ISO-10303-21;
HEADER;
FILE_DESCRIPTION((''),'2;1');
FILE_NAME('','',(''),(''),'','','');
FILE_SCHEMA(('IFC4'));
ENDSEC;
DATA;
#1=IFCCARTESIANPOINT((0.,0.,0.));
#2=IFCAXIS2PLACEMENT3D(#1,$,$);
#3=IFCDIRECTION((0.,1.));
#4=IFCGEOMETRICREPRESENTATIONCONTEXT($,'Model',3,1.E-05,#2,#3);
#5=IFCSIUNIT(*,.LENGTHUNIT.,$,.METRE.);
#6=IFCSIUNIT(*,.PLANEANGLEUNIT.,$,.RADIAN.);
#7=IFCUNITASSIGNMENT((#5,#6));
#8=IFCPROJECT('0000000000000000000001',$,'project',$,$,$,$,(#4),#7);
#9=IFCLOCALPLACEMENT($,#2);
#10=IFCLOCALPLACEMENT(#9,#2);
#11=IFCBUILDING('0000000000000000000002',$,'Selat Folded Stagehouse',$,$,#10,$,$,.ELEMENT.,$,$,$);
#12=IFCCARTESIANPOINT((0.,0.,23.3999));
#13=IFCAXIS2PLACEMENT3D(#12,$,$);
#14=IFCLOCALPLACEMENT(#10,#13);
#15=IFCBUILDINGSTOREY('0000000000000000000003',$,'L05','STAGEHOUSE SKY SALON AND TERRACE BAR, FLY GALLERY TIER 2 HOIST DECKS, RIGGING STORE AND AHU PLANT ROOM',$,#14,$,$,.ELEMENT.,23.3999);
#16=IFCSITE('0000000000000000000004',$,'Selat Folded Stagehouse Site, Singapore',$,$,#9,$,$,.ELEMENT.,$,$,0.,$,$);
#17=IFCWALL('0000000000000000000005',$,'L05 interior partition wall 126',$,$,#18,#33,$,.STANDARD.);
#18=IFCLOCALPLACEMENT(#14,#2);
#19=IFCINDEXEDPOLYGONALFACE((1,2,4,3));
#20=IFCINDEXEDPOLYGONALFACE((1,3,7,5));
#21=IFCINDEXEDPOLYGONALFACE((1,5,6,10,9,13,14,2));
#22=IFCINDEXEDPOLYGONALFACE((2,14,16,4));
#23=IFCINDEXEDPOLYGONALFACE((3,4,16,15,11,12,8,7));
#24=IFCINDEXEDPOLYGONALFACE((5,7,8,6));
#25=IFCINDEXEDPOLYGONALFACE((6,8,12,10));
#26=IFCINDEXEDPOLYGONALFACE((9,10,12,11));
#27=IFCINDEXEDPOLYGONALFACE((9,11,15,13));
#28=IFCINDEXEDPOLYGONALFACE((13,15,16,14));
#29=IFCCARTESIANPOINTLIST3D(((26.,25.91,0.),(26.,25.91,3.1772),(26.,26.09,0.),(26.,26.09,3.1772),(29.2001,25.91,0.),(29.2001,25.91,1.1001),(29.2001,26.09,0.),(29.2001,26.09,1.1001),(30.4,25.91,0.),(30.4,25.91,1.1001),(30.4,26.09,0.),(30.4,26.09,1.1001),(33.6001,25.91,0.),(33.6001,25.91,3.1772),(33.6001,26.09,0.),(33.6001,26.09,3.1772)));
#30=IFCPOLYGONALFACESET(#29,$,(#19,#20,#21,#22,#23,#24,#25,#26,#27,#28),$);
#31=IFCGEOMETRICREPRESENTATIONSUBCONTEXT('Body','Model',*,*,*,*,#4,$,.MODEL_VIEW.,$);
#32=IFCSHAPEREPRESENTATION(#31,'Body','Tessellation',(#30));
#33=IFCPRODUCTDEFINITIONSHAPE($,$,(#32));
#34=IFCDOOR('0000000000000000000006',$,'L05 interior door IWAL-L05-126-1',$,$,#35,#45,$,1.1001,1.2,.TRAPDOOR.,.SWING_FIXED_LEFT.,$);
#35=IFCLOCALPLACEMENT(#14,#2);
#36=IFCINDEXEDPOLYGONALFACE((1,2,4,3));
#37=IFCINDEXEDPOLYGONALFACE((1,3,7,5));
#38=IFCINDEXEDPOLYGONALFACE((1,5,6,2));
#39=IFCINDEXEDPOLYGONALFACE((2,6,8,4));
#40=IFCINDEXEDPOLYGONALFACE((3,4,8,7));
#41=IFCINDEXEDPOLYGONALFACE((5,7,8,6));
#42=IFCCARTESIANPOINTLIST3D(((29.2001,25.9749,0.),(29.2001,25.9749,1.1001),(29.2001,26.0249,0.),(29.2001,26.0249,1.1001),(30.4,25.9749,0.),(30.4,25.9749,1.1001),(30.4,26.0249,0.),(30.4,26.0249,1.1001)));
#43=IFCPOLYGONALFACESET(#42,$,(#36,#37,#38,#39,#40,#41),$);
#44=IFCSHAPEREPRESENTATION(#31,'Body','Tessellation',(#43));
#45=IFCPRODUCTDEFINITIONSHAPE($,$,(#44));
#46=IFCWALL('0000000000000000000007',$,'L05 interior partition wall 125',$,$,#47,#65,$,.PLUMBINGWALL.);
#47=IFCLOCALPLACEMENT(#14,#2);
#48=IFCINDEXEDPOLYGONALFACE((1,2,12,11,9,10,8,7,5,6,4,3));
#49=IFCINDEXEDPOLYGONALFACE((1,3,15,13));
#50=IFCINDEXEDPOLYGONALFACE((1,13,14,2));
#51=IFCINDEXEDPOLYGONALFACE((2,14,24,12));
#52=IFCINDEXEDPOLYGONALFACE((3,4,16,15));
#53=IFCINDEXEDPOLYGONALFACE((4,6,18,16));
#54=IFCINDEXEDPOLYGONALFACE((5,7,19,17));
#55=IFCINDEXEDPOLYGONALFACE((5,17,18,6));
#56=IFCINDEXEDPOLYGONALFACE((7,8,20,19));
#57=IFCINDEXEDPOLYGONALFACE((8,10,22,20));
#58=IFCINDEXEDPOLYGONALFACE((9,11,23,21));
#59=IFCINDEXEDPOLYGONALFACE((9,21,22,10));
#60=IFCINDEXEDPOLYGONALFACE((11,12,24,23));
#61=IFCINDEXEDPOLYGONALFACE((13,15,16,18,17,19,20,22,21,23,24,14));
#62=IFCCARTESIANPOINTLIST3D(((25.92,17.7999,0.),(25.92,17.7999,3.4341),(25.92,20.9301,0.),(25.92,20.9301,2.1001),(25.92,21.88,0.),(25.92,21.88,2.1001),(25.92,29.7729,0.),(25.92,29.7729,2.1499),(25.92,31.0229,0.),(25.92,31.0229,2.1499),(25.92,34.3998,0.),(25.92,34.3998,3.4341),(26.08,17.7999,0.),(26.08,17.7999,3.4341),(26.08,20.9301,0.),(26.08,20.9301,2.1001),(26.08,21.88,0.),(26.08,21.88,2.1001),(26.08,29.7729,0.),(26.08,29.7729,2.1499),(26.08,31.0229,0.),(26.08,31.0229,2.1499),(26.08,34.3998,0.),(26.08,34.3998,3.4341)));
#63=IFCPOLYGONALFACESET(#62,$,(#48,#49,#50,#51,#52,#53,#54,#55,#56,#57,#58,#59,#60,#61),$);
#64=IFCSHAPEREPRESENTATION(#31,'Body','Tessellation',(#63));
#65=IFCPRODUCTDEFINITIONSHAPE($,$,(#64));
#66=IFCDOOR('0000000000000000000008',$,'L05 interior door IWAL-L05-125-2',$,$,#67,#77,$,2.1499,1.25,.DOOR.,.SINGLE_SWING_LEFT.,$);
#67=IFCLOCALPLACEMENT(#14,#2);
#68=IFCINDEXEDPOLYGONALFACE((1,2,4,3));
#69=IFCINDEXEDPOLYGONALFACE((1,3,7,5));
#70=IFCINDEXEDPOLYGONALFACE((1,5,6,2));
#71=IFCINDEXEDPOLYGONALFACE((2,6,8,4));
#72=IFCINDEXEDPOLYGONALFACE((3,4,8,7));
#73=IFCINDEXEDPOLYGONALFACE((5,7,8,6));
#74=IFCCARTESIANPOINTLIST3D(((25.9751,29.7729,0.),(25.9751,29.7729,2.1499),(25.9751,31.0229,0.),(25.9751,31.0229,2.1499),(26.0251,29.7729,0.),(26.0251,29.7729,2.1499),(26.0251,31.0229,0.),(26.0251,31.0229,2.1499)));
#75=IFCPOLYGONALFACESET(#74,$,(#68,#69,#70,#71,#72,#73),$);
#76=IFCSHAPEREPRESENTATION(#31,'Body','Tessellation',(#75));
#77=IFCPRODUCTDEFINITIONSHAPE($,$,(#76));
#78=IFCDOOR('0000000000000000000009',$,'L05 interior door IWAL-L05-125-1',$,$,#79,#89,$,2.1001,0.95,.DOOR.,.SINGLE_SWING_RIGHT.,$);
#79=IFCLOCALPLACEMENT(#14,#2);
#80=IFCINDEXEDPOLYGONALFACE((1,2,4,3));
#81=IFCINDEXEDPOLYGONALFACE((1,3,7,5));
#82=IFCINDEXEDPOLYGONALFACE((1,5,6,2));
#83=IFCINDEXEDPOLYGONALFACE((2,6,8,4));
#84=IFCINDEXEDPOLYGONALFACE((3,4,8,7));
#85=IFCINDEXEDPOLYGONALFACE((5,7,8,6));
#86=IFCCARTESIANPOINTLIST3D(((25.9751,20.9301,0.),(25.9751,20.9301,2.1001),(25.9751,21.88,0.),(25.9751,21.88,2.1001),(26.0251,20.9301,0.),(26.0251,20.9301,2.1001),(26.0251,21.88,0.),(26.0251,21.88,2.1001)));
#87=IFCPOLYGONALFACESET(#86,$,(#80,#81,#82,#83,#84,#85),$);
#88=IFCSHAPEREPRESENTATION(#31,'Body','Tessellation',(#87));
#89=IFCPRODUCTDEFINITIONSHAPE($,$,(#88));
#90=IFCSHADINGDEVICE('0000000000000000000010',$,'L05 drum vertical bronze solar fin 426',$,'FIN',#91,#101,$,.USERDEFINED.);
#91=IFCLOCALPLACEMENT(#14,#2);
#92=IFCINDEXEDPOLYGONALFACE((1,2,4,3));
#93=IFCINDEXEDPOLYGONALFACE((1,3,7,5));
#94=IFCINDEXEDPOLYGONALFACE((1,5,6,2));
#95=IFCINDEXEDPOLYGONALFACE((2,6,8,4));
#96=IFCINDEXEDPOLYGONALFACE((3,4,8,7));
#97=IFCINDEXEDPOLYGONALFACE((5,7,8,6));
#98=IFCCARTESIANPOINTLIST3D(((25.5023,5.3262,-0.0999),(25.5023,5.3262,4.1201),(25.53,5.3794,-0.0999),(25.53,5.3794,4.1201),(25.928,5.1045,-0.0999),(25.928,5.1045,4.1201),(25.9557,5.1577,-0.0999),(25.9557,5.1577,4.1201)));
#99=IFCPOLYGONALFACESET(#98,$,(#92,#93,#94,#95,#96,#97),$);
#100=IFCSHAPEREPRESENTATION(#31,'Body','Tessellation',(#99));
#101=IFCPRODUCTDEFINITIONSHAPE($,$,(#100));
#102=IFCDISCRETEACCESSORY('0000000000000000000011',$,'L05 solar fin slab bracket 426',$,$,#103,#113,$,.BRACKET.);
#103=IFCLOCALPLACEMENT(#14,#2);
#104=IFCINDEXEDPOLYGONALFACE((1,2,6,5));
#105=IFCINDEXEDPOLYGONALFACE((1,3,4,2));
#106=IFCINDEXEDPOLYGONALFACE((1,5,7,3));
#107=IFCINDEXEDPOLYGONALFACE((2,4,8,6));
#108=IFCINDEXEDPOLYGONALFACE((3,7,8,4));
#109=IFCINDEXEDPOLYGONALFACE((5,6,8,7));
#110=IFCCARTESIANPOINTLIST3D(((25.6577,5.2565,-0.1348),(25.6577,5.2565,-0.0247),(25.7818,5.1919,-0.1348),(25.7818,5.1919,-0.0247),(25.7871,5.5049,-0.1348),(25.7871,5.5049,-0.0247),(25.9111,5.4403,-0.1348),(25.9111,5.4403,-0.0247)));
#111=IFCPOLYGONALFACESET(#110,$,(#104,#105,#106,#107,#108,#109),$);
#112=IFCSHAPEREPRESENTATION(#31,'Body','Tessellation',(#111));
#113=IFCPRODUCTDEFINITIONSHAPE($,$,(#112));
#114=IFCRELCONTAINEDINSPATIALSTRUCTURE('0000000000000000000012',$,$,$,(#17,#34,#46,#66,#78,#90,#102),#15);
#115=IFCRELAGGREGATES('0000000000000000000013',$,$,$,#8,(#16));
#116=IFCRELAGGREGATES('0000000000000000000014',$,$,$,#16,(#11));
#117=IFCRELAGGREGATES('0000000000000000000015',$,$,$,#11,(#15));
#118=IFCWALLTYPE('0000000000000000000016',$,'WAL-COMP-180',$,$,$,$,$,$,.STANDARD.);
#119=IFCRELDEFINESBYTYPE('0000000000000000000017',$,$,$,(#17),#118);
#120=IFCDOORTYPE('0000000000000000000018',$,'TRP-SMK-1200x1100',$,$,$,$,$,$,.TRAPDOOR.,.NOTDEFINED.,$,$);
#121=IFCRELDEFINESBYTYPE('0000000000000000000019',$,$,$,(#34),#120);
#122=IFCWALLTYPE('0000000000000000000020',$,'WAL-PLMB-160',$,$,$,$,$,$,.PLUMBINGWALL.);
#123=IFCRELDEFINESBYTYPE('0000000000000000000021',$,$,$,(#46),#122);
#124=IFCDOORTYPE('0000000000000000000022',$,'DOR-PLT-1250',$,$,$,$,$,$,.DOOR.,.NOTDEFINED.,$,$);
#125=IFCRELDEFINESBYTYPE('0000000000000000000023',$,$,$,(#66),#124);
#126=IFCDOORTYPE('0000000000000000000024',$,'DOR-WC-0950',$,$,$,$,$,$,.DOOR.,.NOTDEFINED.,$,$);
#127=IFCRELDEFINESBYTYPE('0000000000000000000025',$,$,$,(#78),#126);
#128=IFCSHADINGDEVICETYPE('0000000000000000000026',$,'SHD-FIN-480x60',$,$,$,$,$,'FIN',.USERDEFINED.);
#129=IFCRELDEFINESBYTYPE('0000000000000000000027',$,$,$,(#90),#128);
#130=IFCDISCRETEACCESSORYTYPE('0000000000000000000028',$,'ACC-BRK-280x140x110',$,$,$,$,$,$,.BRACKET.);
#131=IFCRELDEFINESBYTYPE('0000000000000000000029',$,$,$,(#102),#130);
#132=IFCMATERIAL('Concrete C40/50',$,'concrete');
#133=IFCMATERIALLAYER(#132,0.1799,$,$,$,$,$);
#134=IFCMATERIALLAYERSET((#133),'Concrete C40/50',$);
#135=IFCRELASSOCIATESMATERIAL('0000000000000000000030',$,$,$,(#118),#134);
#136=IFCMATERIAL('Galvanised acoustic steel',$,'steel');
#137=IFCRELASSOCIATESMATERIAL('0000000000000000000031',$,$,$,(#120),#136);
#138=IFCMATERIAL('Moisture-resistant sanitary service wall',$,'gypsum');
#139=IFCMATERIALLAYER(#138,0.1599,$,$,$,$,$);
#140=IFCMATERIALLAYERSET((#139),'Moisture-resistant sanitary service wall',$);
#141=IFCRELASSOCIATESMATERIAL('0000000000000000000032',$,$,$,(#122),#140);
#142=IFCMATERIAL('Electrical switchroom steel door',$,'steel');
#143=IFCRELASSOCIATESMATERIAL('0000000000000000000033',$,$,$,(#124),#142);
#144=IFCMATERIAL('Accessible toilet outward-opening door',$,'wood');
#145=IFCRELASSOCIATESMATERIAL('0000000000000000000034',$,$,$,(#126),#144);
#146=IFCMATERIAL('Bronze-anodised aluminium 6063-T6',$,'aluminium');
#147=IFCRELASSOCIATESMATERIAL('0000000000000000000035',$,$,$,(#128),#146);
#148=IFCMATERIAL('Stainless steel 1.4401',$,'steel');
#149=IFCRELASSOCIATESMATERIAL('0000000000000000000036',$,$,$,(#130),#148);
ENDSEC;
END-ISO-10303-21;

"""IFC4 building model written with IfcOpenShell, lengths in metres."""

from ifc_helpers import new_model, si_unit, direction, frame, frame_2d, origin, origin_2d, place, context, subcontext, project, spatial, rectangle, extrude, material, layer, layer_set, material_profile, profile_set, type_object, element, fill, save


model = new_model("IFC4")

# Units and contexts
model_context = context("Model", 3, precision=1e-05, world=origin(), true_north=direction((0.0, 1.0)))
body_context = subcontext(model_context, "Body", "Model", "MODEL_VIEW")
ifc_project = project(units=[si_unit("LENGTHUNIT", "METRE"), si_unit("PLANEANGLEUNIT", "RADIAN")], contexts=[model_context])

# Site, building, storey
site_placement = place(None, origin())
site = spatial("IfcSite", under=ifc_project, at=site_placement, Name="Selat Folded Stagehouse Site, Singapore", CompositionType="ELEMENT", RefElevation=0.0)
building_placement = place(site_placement, origin())
building = spatial("IfcBuilding", under=site, at=building_placement, Name="Selat Folded Stagehouse", CompositionType="ELEMENT")
storey_placement = place(building_placement, frame((0.0, 0.0, 23.3999)))
storey = spatial("IfcBuildingStorey", under=building, at=storey_placement, Name="L05", Description="STAGEHOUSE SKY SALON AND TERRACE BAR, FLY GALLERY TIER 2 HOIST DECKS, RIGGING STORE AND AHU PLANT ROOM", CompositionType="ELEMENT", Elevation=23.3999)

# Wall, opening, door
ifc_material_1 = material(Name="Concrete C40/50", Category="concrete")
ifc_layer_1 = layer(ifc_material_1, 0.1799)
ifc_layer_set_1 = layer_set([ifc_layer_1], Name="Concrete C40/50")
wall_type_1 = type_object("IfcWallType", Name="WAL-COMP-180", PredefinedType="STANDARD", material=ifc_layer_set_1)
wall_1_placement = place(storey_placement, frame((26.0, 26.0, 0.0), z_axis=(0.0, 0.0, 1.0), x_axis=(1.0, 0.0, 0.0)))
wall_1 = element("IfcWall", 1, at=wall_1_placement, inside=storey, type_object=wall_type_1, Name="L05 interior partition wall 126", PredefinedType="STANDARD", context=body_context, shape_type="SweptSolid", body=[
    extrude(rectangle(XDim=7.6001, YDim=0.1799, at=frame_2d((3.8, 0.0))), origin(), (0.0, 0.0, 1.0), 3.1772),
])
opening_1_placement = place(wall_1_placement, frame((3.2, 0.0, 0.0)))
opening_1 = element("IfcOpeningElement", 2, at=opening_1_placement, cuts=wall_1, PredefinedType="OPENING", context=body_context, shape_type="SweptSolid", body=[
    extrude(rectangle(XDim=1.2, YDim=1.1001, at=frame_2d((0.6001, 0.55))), frame((0.0, 0.0999, 0.0), z_axis=(0.0, -1.0, 0.0), x_axis=(1.0, 0.0, 0.0)), (0.0, 0.0, 1.0), 0.2),
])
ifc_material_2 = material(Name="Galvanised acoustic steel", Category="steel")
door_type_1 = type_object("IfcDoorType", Name="TRP-SMK-1200x1100", OperationType="NOTDEFINED", PredefinedType="TRAPDOOR", material=ifc_material_2)
door_1_placement = place(opening_1_placement, origin())
door_1 = element("IfcDoor", 3, at=door_1_placement, inside=storey, type_object=door_type_1, Name="L05 interior door IWAL-L05-126-1", OperationType="SWING_FIXED_LEFT", OverallHeight=1.1001, OverallWidth=1.2, PredefinedType="TRAPDOOR", context=body_context, shape_type="SweptSolid", body=[
    extrude(rectangle(XDim=1.2, YDim=1.1001, at=frame_2d((0.6001, 0.55))), frame((0.0, 0.0249, 0.0), z_axis=(0.0, -1.0, 0.0), x_axis=(1.0, 0.0, 0.0)), (0.0, 0.0, 1.0), 0.05),
])
fill(opening_1, door_1)

# Wall, openings, doors
ifc_material_3 = material(Name="Moisture-resistant sanitary service wall", Category="gypsum")
ifc_layer_2 = layer(ifc_material_3, 0.1599)
ifc_layer_set_2 = layer_set([ifc_layer_2], Name="Moisture-resistant sanitary service wall")
wall_type_2 = type_object("IfcWallType", Name="WAL-PLMB-160", PredefinedType="PLUMBINGWALL", material=ifc_layer_set_2)
wall_2_placement = place(storey_placement, frame((26.0, 17.8, 0.0), z_axis=(0.0, 0.0, 1.0), x_axis=(0.0, 1.0, 0.0)))
wall_2 = element("IfcWall", 4, at=wall_2_placement, inside=storey, type_object=wall_type_2, Name="L05 interior partition wall 125", PredefinedType="PLUMBINGWALL", context=body_context, shape_type="SweptSolid", body=[
    extrude(rectangle(XDim=16.5999, YDim=0.1599, at=frame_2d((8.2998, 0.0))), origin(), (0.0, 0.0, 1.0), 3.4341),
])
opening_2_placement = place(wall_2_placement, frame((3.1299, 0.0, 0.0)))
opening_2 = element("IfcOpeningElement", 5, at=opening_2_placement, cuts=wall_2, PredefinedType="OPENING", context=body_context, shape_type="SweptSolid", body=[
    extrude(rectangle(XDim=0.95, YDim=2.1001, at=frame_2d((0.4751, 1.05))), frame((0.0, 0.0898, 0.0), z_axis=(0.0, -1.0, 0.0), x_axis=(1.0, 0.0, 0.0)), (0.0, 0.0, 1.0), 0.1799),
])
opening_3_placement = place(wall_2_placement, frame((11.9729, 0.0, 0.0)))
opening_3 = element("IfcOpeningElement", 6, at=opening_3_placement, cuts=wall_2, PredefinedType="OPENING", context=body_context, shape_type="SweptSolid", body=[
    extrude(rectangle(XDim=1.25, YDim=2.1499, at=frame_2d((0.625, 1.075))), frame((0.0, 0.0898, 0.0), z_axis=(0.0, -1.0, 0.0), x_axis=(1.0, 0.0, 0.0)), (0.0, 0.0, 1.0), 0.1799),
])
ifc_material_4 = material(Name="Electrical switchroom steel door", Category="steel")
door_type_2 = type_object("IfcDoorType", Name="DOR-PLT-1250", OperationType="NOTDEFINED", PredefinedType="DOOR", material=ifc_material_4)
door_2_placement = place(opening_3_placement, origin())
door_2 = element("IfcDoor", 7, at=door_2_placement, inside=storey, type_object=door_type_2, Name="L05 interior door IWAL-L05-125-2", OperationType="SINGLE_SWING_LEFT", OverallHeight=2.1499, OverallWidth=1.25, PredefinedType="DOOR", context=body_context, shape_type="SweptSolid", body=[
    extrude(rectangle(XDim=1.25, YDim=2.1499, at=frame_2d((0.625, 1.075))), frame((0.0, 0.0249, 0.0), z_axis=(0.0, -1.0, 0.0), x_axis=(1.0, 0.0, 0.0)), (0.0, 0.0, 1.0), 0.05),
])
fill(opening_3, door_2)
ifc_material_5 = material(Name="Accessible toilet outward-opening door", Category="wood")
door_type_3 = type_object("IfcDoorType", Name="DOR-WC-0950", OperationType="NOTDEFINED", PredefinedType="DOOR", material=ifc_material_5)
door_3_placement = place(opening_2_placement, origin())
door_3 = element("IfcDoor", 8, at=door_3_placement, inside=storey, type_object=door_type_3, Name="L05 interior door IWAL-L05-125-1", OperationType="SINGLE_SWING_RIGHT", OverallHeight=2.1001, OverallWidth=0.95, PredefinedType="DOOR", context=body_context, shape_type="SweptSolid", body=[
    extrude(rectangle(XDim=0.95, YDim=2.1001, at=frame_2d((0.4751, 1.05))), frame((0.0, 0.0249, 0.0), z_axis=(0.0, -1.0, 0.0), x_axis=(1.0, 0.0, 0.0)), (0.0, 0.0, 1.0), 0.05),
])
fill(opening_2, door_3)

# Shading device
ifc_material_6 = material(Name="Bronze-anodised aluminium 6063-T6", Category="aluminium")
ifc_material_profile_1 = material_profile(ifc_material_6, rectangle(XDim=0.0601, YDim=0.48, at=origin_2d()), Name="SOLAR-FIN 480x60")
ifc_profile_set_1 = profile_set([ifc_material_profile_1], Name="Bronze-anodised aluminium 6063-T6")
shading_device_type = type_object("IfcShadingDeviceType", Name="SHD-FIN-480x60", ElementType="FIN", PredefinedType="USERDEFINED", material=ifc_profile_set_1)
shading_device_placement = place(storey_placement, frame((25.729, 5.2419, -0.0999), z_axis=(0.0, 0.0, 1.0), x_axis=(-0.461903, -0.88693, 0.0)))
element("IfcShadingDevice", 9, at=shading_device_placement, inside=storey, type_object=shading_device_type, Name="L05 drum vertical bronze solar fin 426", ObjectType="FIN", PredefinedType="USERDEFINED", context=body_context, shape_type="SweptSolid", body=[
    extrude(rectangle(XDim=0.0601, YDim=0.48, at=origin_2d()), origin(), (0.0, 0.0, 1.0), 4.22),
])

# Discrete accessory
ifc_material_7 = material(Name="Stainless steel 1.4401", Category="steel")
discrete_accessory_type = type_object("IfcDiscreteAccessoryType", Name="ACC-BRK-280x140x110", PredefinedType="BRACKET", material=ifc_material_7)
discrete_accessory_placement = place(storey_placement, frame((25.7844, 5.3484, -0.1348), z_axis=(0.0, 0.0, 1.0), x_axis=(-0.461903, -0.88693, 0.0)))
element("IfcDiscreteAccessory", 10, at=discrete_accessory_placement, inside=storey, type_object=discrete_accessory_type, Name="L05 solar fin slab bracket 426", PredefinedType="BRACKET", context=body_context, shape_type="SweptSolid", body=[
    extrude(rectangle(XDim=0.28, YDim=0.1399, at=origin_2d()), origin(), (0.0, 0.0, 1.0), 0.1101),
])

save(model, "model.ifc")
